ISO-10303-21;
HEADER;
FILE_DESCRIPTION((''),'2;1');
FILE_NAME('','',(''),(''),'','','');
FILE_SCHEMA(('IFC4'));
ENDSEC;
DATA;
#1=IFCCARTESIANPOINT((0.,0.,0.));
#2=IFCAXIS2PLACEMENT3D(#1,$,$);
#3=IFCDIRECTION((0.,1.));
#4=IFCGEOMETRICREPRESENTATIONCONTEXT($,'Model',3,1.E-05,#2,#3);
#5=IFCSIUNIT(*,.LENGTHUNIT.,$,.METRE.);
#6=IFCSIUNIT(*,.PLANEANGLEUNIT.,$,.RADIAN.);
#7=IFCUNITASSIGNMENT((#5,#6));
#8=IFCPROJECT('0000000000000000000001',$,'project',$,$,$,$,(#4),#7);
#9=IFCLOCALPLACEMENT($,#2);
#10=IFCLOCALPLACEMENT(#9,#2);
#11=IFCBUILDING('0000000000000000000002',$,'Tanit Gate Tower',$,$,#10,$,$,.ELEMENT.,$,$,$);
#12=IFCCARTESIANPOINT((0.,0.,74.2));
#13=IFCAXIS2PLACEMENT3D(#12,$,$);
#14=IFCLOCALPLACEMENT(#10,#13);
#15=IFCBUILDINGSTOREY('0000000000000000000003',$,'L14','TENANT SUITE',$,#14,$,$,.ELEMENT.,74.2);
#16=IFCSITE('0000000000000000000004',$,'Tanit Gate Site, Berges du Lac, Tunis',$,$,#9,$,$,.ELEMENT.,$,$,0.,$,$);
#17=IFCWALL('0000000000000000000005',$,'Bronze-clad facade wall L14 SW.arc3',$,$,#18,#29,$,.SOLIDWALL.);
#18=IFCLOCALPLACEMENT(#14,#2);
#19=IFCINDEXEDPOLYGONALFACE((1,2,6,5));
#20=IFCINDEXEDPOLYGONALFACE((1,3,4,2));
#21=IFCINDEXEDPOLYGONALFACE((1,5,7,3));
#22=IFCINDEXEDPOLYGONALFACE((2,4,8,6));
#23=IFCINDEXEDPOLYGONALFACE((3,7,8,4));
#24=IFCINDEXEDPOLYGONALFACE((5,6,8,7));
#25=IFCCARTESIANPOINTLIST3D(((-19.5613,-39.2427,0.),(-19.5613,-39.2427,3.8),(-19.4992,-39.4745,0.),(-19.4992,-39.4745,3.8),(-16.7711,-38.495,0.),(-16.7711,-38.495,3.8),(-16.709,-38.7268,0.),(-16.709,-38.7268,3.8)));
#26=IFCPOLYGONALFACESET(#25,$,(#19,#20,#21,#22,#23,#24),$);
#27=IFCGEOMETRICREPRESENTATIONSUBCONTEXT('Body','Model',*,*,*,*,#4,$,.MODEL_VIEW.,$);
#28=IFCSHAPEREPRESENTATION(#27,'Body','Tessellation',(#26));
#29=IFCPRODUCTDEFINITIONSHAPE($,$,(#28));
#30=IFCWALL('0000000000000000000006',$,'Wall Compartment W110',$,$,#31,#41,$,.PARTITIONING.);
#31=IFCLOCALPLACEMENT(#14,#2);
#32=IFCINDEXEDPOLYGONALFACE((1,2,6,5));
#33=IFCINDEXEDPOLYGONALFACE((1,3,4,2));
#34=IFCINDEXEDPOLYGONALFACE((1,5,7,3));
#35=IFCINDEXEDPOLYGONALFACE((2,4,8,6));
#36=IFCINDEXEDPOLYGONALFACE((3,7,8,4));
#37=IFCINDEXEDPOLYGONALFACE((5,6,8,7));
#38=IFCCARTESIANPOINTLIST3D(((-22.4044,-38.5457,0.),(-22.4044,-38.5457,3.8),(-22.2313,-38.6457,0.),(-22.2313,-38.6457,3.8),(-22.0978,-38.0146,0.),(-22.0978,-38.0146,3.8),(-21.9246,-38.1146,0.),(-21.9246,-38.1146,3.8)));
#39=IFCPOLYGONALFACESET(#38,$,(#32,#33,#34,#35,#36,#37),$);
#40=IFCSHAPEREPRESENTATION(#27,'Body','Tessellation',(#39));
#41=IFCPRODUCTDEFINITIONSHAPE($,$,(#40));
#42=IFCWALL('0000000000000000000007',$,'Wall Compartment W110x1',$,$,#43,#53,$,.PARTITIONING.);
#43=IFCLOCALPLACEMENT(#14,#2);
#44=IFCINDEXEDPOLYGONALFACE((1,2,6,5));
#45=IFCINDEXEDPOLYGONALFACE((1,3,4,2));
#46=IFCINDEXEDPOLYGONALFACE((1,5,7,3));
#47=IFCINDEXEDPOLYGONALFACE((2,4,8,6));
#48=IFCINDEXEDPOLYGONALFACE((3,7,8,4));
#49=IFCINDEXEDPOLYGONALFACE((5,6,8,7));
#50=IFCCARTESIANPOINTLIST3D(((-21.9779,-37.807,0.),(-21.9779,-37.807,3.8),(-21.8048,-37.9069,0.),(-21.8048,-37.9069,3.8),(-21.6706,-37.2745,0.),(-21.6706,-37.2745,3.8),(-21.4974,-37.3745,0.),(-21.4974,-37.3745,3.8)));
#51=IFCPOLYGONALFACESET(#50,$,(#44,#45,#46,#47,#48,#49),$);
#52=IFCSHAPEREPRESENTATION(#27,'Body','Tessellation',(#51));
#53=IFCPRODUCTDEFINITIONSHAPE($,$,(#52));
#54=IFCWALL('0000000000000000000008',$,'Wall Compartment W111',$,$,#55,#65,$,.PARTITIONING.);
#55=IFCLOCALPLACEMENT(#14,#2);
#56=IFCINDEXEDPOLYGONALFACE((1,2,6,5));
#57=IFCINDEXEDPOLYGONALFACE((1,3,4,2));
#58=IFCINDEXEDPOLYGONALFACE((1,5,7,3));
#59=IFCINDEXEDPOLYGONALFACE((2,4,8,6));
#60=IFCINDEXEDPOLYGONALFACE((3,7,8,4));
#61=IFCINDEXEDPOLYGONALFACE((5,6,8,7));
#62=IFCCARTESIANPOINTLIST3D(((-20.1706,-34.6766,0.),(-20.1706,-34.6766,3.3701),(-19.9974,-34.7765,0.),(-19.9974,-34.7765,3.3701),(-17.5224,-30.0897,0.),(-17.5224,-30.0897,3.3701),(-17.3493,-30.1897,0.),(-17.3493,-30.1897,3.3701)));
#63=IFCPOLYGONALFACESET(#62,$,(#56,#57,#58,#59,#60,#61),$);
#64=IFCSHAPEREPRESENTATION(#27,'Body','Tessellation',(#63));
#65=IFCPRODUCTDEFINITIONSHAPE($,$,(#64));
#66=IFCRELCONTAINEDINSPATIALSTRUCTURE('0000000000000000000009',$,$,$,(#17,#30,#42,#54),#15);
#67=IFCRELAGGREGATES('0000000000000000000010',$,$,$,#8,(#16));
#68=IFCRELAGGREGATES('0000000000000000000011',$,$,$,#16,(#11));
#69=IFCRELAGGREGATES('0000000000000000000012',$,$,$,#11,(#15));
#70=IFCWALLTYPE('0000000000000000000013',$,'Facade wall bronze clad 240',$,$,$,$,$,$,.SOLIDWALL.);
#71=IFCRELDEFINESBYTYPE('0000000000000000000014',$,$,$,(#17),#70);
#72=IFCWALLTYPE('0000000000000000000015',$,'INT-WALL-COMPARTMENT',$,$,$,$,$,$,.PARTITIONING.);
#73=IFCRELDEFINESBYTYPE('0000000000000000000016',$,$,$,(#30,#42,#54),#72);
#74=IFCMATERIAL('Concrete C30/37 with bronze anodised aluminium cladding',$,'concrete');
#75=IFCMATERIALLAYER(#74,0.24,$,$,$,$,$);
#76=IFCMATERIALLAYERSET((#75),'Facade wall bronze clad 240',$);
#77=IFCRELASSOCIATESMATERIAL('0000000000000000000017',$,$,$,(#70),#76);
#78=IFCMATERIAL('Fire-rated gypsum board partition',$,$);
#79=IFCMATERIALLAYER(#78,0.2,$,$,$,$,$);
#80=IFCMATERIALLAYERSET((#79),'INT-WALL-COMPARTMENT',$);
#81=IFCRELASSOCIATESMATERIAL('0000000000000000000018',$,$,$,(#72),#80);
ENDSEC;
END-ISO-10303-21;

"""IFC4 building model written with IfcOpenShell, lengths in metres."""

from ifc_helpers import new_model, si_unit, direction, frame, frame_2d, origin, place, context, subcontext, project, spatial, rectangle, extrude, material, layer, layer_set, type_object, element, save


model = new_model("IFC4")

# Units and contexts
model_context = context("Model", 3, precision=1e-05, world=origin(), true_north=direction((0.0, 1.0)))
body_context = subcontext(model_context, "Body", "Model", "MODEL_VIEW")
ifc_project = project(units=[si_unit("LENGTHUNIT", "METRE"), si_unit("PLANEANGLEUNIT", "RADIAN")], contexts=[model_context])

# Site, building, storey
site_placement = place(None, origin())
site = spatial("IfcSite", under=ifc_project, at=site_placement, Name="Tanit Gate Site, Berges du Lac, Tunis", CompositionType="ELEMENT", RefElevation=0.0)
building_placement = place(site_placement, origin())
building = spatial("IfcBuilding", under=site, at=building_placement, Name="Tanit Gate Tower", CompositionType="ELEMENT")
storey_placement = place(building_placement, frame((0.0, 0.0, 74.2)))
storey = spatial("IfcBuildingStorey", under=building, at=storey_placement, Name="L14", Description="TENANT SUITE", CompositionType="ELEMENT", Elevation=74.2)

# Walls
ifc_material_1 = material(Name="Concrete C30/37 with bronze anodised aluminium cladding", Category="concrete")
ifc_layer_1 = layer(ifc_material_1, 0.24)
ifc_layer_set_1 = layer_set([ifc_layer_1], Name="Facade wall bronze clad 240")
wall_type_1 = type_object("IfcWallType", Name="Facade wall bronze clad 240", PredefinedType="SOLIDWALL", material=ifc_layer_set_1)
wall_1_placement = place(storey_placement, frame((-19.5303, -39.3586, 0.0), z_axis=(0.0, 0.0, 1.0), x_axis=(0.965913, 0.258867, 0.0)))
element("IfcWall", 1, at=wall_1_placement, inside=storey, type_object=wall_type_1, Name="Bronze-clad facade wall L14 SW.arc3", PredefinedType="SOLIDWALL", context=body_context, shape_type="SweptSolid", body=[
    extrude(rectangle(XDim=2.8887, YDim=0.24, at=frame_2d((1.4443, 0.0))), origin(), (0.0, 0.0, 1.0), 3.8),
])
ifc_material_2 = material(Name="Fire-rated gypsum board partition")
ifc_layer_2 = layer(ifc_material_2, 0.2)
ifc_layer_set_2 = layer_set([ifc_layer_2], Name="INT-WALL-COMPARTMENT")
wall_type_2 = type_object("IfcWallType", Name="INT-WALL-COMPARTMENT", PredefinedType="PARTITIONING", material=ifc_layer_set_2)
wall_2_placement = place(storey_placement, frame((-22.3179, -38.5957, 0.0), z_axis=(0.0, 0.0, 1.0), x_axis=(0.500079, 0.86598, 0.0)))
element("IfcWall", 2, at=wall_2_placement, inside=storey, type_object=wall_type_2, Name="Wall Compartment W110", PredefinedType="PARTITIONING", context=body_context, shape_type="SweptSolid", body=[
    extrude(rectangle(XDim=0.6133, YDim=0.2, at=frame_2d((0.3066, 0.0))), origin(), (0.0, 0.0, 1.0), 3.8),
])
wall_3_placement = place(storey_placement, frame((-21.8914, -37.8569, 0.0), z_axis=(0.0, 0.0, 1.0), x_axis=(0.49994, 0.86606, 0.0)))
element("IfcWall", 3, at=wall_3_placement, inside=storey, type_object=wall_type_2, Name="Wall Compartment W110x1", PredefinedType="PARTITIONING", context=body_context, shape_type="SweptSolid", body=[
    extrude(rectangle(XDim=0.6147, YDim=0.2, at=frame_2d((0.3074, 0.0))), origin(), (0.0, 0.0, 1.0), 3.8),
])
wall_4_placement = place(storey_placement, frame((-20.084, -34.7266, 0.0), z_axis=(0.0, 0.0, 1.0), x_axis=(0.499991, 0.866031, 0.0)))
element("IfcWall", 4, at=wall_4_placement, inside=storey, type_object=wall_type_2, Name="Wall Compartment W111", PredefinedType="PARTITIONING", context=body_context, shape_type="SweptSolid", body=[
    extrude(rectangle(XDim=5.2964, YDim=0.2, at=frame_2d((2.6482, 0.0))), origin(), (0.0, 0.0, 1.0), 3.3701),
])

save(model, "model.ifc")
